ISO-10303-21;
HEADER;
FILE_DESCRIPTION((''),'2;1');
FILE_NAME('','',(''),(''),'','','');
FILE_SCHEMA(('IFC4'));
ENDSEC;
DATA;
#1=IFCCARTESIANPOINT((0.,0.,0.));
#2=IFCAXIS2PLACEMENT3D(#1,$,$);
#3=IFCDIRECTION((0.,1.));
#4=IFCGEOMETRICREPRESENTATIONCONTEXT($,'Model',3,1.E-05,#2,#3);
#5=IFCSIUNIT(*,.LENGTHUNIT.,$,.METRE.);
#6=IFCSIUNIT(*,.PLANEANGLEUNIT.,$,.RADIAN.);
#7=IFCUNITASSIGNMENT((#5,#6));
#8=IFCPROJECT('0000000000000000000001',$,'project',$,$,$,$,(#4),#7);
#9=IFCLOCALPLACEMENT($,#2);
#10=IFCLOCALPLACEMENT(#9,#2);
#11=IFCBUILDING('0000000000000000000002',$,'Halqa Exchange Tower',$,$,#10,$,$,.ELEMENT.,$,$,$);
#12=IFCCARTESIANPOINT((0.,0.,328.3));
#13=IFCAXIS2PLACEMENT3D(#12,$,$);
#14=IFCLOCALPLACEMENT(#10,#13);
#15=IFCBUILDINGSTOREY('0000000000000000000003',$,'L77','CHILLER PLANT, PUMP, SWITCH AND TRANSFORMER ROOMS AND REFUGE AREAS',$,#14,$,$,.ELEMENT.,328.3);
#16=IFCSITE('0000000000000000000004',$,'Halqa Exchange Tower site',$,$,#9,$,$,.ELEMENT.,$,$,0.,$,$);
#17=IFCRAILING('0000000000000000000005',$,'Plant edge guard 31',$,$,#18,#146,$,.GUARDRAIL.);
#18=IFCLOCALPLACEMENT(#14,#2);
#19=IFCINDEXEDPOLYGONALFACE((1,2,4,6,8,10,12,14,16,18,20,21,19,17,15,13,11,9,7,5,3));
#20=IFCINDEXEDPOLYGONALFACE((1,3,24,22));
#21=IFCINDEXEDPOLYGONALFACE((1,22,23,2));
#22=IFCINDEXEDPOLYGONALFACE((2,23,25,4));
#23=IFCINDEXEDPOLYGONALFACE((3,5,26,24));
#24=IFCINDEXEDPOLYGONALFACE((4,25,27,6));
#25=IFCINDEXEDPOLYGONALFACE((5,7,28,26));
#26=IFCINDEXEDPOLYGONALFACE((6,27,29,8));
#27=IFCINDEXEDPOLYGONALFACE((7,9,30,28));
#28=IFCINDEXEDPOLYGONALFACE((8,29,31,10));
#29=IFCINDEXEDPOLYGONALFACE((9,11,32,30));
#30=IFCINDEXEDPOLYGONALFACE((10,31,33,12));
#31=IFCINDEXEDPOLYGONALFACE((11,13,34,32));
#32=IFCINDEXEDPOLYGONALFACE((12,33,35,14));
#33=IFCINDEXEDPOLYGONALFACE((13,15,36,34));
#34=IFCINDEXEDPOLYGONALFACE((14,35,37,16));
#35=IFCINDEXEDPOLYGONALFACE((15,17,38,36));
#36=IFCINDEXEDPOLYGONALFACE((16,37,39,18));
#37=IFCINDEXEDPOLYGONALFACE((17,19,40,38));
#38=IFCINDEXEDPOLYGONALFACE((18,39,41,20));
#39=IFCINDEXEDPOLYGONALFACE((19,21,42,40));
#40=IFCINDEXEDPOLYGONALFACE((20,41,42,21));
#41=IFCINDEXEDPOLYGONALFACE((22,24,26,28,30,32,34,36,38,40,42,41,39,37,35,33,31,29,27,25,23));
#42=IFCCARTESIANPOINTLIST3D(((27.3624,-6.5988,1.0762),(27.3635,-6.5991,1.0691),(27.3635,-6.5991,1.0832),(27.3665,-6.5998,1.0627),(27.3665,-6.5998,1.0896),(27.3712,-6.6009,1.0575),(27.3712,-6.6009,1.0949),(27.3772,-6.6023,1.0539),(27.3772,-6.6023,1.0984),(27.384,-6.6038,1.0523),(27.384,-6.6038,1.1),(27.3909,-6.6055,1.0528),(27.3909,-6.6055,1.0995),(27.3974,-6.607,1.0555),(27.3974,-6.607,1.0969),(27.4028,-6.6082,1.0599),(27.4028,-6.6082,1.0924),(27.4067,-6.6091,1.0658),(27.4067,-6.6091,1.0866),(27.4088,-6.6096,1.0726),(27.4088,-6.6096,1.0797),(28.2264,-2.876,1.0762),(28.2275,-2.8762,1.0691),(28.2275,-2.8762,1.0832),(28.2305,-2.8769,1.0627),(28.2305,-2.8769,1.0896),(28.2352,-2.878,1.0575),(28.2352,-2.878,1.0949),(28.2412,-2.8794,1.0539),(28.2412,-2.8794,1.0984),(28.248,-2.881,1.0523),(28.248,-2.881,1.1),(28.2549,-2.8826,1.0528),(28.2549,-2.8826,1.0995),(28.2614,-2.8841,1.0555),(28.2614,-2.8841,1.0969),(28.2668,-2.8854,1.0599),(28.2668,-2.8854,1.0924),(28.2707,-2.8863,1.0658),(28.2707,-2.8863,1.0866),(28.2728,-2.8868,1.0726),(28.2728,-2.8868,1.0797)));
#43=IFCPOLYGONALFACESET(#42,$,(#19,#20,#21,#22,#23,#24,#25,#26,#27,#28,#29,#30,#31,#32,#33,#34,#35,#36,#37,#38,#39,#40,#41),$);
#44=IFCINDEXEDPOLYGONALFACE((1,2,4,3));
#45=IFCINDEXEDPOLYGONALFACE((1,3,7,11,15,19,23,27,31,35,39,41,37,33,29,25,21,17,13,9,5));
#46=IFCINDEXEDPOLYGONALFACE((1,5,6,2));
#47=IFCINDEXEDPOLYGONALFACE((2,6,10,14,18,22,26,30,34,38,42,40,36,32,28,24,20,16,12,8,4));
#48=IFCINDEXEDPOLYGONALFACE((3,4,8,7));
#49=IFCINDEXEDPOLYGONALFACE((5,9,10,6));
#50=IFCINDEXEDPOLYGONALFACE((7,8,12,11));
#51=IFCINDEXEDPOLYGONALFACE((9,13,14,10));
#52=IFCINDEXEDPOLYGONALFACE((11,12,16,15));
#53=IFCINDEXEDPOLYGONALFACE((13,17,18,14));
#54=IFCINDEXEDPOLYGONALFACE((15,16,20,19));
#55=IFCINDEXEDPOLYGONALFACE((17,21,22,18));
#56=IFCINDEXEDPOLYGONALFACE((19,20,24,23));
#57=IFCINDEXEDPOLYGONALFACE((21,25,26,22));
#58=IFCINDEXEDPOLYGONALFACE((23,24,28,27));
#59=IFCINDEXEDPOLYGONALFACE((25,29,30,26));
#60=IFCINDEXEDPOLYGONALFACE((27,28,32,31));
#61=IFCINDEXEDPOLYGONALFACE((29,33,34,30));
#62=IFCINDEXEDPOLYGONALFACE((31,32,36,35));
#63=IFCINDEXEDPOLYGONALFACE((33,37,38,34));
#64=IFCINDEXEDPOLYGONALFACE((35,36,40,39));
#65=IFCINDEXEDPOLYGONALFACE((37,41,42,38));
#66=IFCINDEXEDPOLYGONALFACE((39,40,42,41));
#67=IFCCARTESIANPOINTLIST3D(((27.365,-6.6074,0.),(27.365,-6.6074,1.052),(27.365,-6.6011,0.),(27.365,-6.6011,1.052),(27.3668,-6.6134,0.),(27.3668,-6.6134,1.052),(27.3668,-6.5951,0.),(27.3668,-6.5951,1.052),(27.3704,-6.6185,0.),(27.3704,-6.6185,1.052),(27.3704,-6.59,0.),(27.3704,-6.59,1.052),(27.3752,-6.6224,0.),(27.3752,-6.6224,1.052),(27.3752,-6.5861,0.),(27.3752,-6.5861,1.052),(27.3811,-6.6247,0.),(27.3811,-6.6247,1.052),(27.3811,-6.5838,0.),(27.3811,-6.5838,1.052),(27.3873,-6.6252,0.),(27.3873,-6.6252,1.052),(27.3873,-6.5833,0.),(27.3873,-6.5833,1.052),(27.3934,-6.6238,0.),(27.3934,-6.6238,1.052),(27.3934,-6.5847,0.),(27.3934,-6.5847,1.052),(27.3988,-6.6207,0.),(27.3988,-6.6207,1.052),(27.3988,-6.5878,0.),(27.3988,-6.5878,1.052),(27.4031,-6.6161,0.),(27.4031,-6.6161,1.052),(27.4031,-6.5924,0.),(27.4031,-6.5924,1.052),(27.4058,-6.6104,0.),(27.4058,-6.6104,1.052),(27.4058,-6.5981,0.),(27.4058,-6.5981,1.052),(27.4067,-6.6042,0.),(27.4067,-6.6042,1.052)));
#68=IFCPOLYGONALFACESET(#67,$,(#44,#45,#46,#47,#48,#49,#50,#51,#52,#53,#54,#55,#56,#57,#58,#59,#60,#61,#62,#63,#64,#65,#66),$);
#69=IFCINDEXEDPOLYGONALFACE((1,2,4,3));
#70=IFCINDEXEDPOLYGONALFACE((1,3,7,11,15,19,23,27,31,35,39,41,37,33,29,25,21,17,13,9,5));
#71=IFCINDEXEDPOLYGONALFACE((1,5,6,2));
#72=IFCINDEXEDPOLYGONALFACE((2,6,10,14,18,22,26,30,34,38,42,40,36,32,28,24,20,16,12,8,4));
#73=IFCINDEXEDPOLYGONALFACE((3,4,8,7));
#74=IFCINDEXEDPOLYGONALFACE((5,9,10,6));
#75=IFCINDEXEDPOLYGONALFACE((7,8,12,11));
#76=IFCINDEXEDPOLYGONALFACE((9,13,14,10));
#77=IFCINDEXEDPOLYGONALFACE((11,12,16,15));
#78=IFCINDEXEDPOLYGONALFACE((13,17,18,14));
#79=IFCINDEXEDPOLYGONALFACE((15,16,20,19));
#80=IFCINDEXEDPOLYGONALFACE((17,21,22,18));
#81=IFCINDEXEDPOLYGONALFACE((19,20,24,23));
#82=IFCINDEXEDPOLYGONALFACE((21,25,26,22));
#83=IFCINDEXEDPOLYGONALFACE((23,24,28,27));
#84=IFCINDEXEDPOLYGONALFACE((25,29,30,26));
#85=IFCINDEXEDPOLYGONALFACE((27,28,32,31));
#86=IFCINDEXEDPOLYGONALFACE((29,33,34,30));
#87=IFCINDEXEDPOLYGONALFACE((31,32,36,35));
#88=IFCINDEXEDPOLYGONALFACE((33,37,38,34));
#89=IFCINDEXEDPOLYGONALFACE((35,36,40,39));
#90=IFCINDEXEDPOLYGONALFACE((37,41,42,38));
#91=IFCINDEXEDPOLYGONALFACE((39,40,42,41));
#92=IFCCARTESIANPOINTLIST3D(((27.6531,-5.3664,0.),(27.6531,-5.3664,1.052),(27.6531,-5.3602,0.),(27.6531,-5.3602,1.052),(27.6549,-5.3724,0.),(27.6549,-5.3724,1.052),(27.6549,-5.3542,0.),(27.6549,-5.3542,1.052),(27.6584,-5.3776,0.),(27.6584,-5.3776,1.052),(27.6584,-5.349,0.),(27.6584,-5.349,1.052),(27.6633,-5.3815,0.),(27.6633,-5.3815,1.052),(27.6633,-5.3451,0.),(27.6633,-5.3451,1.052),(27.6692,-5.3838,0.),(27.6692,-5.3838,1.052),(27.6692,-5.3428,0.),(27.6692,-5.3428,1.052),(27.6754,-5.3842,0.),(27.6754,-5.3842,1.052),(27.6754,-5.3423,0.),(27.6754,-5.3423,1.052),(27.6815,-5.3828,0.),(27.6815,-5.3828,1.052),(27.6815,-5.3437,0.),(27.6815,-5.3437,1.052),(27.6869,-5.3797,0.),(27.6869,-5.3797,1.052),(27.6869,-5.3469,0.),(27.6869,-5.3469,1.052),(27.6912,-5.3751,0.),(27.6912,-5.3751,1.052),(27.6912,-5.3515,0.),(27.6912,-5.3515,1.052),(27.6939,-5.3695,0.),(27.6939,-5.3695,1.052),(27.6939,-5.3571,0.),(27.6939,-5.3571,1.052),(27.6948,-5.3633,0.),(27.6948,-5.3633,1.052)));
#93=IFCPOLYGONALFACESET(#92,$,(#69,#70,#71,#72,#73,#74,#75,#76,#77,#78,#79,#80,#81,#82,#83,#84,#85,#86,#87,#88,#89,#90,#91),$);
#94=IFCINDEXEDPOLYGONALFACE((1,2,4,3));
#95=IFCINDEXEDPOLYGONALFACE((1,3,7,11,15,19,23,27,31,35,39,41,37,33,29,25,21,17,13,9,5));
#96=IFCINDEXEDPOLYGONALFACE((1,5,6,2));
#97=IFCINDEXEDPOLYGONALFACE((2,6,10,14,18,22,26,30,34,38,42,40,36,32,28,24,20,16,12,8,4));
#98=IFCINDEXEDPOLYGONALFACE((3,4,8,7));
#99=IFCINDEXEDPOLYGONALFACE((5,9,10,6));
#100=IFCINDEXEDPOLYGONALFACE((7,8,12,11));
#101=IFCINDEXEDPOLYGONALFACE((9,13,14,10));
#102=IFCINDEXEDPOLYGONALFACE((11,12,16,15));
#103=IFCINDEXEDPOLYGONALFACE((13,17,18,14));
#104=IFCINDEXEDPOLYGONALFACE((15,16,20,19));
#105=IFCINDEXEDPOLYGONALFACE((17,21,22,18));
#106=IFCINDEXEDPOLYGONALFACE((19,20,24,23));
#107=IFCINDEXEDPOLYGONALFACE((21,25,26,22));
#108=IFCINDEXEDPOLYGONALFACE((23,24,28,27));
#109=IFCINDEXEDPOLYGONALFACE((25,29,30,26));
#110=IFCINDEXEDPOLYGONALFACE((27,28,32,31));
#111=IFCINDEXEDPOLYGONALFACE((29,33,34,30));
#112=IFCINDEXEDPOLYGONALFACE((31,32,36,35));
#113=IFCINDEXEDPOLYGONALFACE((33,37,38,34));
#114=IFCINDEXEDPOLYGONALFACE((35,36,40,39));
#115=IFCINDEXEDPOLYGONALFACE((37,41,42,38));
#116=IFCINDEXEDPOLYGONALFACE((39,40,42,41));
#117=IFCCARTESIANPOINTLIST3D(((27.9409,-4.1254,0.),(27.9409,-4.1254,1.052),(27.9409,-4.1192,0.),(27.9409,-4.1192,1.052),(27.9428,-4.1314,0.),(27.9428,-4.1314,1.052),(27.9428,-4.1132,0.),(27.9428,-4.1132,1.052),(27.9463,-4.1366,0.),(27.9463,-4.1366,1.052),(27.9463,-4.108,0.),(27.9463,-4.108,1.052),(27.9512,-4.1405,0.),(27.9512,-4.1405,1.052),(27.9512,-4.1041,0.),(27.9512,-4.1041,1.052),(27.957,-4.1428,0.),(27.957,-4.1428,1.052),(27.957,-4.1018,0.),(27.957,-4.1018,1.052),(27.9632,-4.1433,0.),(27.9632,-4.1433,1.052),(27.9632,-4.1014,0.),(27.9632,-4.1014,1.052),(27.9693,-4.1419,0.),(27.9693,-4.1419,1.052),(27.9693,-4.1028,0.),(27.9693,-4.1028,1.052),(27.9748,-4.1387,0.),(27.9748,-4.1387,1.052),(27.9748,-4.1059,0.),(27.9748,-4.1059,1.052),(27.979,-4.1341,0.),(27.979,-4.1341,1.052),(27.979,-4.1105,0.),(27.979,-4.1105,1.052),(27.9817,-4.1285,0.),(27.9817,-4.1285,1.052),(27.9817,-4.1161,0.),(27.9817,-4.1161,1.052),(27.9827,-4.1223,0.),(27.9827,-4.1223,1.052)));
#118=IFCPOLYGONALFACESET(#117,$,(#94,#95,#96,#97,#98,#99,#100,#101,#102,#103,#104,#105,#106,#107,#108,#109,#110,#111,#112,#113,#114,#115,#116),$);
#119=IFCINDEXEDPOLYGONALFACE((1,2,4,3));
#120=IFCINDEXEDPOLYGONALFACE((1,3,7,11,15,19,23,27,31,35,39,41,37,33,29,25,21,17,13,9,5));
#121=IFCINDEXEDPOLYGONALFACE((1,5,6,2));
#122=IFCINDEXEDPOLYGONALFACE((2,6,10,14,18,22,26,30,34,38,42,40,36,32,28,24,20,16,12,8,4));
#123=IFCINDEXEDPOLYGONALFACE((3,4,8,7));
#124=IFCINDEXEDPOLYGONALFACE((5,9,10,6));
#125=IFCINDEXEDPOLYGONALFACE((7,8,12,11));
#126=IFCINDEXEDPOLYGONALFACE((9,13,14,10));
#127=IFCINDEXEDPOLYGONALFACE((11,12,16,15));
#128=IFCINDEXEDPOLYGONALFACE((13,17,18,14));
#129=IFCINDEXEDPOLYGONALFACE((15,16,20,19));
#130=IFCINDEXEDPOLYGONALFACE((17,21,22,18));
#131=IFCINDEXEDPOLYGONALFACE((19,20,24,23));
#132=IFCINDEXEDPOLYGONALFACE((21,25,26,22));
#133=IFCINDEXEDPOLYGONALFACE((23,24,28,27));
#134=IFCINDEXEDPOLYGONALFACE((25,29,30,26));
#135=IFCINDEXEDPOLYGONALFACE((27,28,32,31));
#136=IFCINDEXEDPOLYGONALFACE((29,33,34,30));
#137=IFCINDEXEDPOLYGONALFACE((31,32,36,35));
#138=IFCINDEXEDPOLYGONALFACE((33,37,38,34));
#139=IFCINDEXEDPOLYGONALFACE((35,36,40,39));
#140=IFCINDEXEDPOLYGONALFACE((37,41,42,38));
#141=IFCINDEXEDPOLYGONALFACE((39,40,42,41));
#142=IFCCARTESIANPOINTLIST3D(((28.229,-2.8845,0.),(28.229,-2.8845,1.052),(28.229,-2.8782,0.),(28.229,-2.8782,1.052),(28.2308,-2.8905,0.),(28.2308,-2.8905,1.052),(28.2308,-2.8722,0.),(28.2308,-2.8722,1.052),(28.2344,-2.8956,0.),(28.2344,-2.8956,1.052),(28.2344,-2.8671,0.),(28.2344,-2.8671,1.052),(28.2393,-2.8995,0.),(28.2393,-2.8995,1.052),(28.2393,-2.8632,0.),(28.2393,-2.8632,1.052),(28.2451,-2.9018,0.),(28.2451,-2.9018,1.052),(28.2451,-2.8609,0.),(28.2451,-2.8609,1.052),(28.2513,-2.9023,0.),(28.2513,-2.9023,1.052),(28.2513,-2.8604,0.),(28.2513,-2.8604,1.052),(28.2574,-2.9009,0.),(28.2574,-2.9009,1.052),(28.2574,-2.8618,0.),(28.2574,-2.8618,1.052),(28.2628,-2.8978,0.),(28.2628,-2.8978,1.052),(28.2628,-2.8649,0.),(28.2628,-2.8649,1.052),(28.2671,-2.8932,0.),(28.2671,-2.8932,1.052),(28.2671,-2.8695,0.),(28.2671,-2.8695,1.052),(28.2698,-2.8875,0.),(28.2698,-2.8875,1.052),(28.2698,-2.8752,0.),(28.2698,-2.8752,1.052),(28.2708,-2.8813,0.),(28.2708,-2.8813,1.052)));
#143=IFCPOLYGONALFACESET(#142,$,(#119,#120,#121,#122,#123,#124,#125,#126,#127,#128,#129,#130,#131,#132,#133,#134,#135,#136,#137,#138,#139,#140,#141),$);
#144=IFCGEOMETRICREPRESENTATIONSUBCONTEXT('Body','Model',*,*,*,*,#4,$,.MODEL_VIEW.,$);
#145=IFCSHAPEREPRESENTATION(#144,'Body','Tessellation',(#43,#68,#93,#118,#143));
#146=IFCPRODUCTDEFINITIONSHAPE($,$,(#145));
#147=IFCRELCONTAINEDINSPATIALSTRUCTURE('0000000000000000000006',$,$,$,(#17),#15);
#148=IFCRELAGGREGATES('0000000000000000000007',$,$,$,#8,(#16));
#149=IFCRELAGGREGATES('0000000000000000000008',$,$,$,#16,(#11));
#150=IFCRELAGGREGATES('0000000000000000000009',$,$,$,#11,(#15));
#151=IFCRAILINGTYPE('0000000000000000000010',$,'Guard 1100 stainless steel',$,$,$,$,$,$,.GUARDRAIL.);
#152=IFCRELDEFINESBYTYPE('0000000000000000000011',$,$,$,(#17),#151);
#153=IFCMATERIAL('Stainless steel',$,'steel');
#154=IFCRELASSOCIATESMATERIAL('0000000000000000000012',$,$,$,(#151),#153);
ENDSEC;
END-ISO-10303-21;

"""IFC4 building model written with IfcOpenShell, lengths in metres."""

from ifc_helpers import new_model, si_unit, direction, frame, origin, origin_2d, place, context, subcontext, project, spatial, circle, extrude, material, type_object, element, save


model = new_model("IFC4")

# Units and contexts
model_context = context("Model", 3, precision=1e-05, world=origin(), true_north=direction((0.0, 1.0)))
body_context = subcontext(model_context, "Body", "Model", "MODEL_VIEW")
ifc_project = project(units=[si_unit("LENGTHUNIT", "METRE"), si_unit("PLANEANGLEUNIT", "RADIAN")], contexts=[model_context])

# Site, building, storey
site_placement = place(None, origin())
site = spatial("IfcSite", under=ifc_project, at=site_placement, Name="Halqa Exchange Tower site", CompositionType="ELEMENT", RefElevation=0.0)
building_placement = place(site_placement, origin())
building = spatial("IfcBuilding", under=site, at=building_placement, Name="Halqa Exchange Tower", CompositionType="ELEMENT")
storey_placement = place(building_placement, frame((0.0, 0.0, 328.3)))
storey = spatial("IfcBuildingStorey", under=building, at=storey_placement, Name="L77", Description="CHILLER PLANT, PUMP, SWITCH AND TRANSFORMER ROOMS AND REFUGE AREAS", CompositionType="ELEMENT", Elevation=328.3)

# Railing
ifc_material_1 = material(Name="Stainless steel", Category="steel")
railing_type = type_object("IfcRailingType", Name="Guard 1100 stainless steel", PredefinedType="GUARDRAIL", material=ifc_material_1)
railing_1_placement = place(storey_placement, frame((27.3857, -6.6042, 0.0)))
element("IfcRailing", 1, at=railing_1_placement, inside=storey, type_object=railing_type, Name="Plant edge guard 31", PredefinedType="GUARDRAIL", context=body_context, shape_type="SweptSolid", body=[
    extrude(circle(Radius=0.0239, at=origin_2d()), frame((0.0, 0.0, 1.0762), z_axis=(0.226072, 0.974111, 0.0), x_axis=(-0.974111, 0.226072, 0.0)), (0.0, 0.0, 1.0), 3.8218),
    extrude(circle(Radius=0.021, at=origin_2d()), origin(), (0.0, 0.0, 1.0), 1.052),
    extrude(circle(Radius=0.021, at=origin_2d()), frame((0.2881, 1.241, 0.0)), (0.0, 0.0, 1.0), 1.052),
    extrude(circle(Radius=0.021, at=origin_2d()), frame((0.5759, 2.4819, 0.0)), (0.0, 0.0, 1.0), 1.052),
    extrude(circle(Radius=0.021, at=origin_2d()), frame((0.864, 3.7229, 0.0)), (0.0, 0.0, 1.0), 1.052),
])

save(model, "model.ifc")
